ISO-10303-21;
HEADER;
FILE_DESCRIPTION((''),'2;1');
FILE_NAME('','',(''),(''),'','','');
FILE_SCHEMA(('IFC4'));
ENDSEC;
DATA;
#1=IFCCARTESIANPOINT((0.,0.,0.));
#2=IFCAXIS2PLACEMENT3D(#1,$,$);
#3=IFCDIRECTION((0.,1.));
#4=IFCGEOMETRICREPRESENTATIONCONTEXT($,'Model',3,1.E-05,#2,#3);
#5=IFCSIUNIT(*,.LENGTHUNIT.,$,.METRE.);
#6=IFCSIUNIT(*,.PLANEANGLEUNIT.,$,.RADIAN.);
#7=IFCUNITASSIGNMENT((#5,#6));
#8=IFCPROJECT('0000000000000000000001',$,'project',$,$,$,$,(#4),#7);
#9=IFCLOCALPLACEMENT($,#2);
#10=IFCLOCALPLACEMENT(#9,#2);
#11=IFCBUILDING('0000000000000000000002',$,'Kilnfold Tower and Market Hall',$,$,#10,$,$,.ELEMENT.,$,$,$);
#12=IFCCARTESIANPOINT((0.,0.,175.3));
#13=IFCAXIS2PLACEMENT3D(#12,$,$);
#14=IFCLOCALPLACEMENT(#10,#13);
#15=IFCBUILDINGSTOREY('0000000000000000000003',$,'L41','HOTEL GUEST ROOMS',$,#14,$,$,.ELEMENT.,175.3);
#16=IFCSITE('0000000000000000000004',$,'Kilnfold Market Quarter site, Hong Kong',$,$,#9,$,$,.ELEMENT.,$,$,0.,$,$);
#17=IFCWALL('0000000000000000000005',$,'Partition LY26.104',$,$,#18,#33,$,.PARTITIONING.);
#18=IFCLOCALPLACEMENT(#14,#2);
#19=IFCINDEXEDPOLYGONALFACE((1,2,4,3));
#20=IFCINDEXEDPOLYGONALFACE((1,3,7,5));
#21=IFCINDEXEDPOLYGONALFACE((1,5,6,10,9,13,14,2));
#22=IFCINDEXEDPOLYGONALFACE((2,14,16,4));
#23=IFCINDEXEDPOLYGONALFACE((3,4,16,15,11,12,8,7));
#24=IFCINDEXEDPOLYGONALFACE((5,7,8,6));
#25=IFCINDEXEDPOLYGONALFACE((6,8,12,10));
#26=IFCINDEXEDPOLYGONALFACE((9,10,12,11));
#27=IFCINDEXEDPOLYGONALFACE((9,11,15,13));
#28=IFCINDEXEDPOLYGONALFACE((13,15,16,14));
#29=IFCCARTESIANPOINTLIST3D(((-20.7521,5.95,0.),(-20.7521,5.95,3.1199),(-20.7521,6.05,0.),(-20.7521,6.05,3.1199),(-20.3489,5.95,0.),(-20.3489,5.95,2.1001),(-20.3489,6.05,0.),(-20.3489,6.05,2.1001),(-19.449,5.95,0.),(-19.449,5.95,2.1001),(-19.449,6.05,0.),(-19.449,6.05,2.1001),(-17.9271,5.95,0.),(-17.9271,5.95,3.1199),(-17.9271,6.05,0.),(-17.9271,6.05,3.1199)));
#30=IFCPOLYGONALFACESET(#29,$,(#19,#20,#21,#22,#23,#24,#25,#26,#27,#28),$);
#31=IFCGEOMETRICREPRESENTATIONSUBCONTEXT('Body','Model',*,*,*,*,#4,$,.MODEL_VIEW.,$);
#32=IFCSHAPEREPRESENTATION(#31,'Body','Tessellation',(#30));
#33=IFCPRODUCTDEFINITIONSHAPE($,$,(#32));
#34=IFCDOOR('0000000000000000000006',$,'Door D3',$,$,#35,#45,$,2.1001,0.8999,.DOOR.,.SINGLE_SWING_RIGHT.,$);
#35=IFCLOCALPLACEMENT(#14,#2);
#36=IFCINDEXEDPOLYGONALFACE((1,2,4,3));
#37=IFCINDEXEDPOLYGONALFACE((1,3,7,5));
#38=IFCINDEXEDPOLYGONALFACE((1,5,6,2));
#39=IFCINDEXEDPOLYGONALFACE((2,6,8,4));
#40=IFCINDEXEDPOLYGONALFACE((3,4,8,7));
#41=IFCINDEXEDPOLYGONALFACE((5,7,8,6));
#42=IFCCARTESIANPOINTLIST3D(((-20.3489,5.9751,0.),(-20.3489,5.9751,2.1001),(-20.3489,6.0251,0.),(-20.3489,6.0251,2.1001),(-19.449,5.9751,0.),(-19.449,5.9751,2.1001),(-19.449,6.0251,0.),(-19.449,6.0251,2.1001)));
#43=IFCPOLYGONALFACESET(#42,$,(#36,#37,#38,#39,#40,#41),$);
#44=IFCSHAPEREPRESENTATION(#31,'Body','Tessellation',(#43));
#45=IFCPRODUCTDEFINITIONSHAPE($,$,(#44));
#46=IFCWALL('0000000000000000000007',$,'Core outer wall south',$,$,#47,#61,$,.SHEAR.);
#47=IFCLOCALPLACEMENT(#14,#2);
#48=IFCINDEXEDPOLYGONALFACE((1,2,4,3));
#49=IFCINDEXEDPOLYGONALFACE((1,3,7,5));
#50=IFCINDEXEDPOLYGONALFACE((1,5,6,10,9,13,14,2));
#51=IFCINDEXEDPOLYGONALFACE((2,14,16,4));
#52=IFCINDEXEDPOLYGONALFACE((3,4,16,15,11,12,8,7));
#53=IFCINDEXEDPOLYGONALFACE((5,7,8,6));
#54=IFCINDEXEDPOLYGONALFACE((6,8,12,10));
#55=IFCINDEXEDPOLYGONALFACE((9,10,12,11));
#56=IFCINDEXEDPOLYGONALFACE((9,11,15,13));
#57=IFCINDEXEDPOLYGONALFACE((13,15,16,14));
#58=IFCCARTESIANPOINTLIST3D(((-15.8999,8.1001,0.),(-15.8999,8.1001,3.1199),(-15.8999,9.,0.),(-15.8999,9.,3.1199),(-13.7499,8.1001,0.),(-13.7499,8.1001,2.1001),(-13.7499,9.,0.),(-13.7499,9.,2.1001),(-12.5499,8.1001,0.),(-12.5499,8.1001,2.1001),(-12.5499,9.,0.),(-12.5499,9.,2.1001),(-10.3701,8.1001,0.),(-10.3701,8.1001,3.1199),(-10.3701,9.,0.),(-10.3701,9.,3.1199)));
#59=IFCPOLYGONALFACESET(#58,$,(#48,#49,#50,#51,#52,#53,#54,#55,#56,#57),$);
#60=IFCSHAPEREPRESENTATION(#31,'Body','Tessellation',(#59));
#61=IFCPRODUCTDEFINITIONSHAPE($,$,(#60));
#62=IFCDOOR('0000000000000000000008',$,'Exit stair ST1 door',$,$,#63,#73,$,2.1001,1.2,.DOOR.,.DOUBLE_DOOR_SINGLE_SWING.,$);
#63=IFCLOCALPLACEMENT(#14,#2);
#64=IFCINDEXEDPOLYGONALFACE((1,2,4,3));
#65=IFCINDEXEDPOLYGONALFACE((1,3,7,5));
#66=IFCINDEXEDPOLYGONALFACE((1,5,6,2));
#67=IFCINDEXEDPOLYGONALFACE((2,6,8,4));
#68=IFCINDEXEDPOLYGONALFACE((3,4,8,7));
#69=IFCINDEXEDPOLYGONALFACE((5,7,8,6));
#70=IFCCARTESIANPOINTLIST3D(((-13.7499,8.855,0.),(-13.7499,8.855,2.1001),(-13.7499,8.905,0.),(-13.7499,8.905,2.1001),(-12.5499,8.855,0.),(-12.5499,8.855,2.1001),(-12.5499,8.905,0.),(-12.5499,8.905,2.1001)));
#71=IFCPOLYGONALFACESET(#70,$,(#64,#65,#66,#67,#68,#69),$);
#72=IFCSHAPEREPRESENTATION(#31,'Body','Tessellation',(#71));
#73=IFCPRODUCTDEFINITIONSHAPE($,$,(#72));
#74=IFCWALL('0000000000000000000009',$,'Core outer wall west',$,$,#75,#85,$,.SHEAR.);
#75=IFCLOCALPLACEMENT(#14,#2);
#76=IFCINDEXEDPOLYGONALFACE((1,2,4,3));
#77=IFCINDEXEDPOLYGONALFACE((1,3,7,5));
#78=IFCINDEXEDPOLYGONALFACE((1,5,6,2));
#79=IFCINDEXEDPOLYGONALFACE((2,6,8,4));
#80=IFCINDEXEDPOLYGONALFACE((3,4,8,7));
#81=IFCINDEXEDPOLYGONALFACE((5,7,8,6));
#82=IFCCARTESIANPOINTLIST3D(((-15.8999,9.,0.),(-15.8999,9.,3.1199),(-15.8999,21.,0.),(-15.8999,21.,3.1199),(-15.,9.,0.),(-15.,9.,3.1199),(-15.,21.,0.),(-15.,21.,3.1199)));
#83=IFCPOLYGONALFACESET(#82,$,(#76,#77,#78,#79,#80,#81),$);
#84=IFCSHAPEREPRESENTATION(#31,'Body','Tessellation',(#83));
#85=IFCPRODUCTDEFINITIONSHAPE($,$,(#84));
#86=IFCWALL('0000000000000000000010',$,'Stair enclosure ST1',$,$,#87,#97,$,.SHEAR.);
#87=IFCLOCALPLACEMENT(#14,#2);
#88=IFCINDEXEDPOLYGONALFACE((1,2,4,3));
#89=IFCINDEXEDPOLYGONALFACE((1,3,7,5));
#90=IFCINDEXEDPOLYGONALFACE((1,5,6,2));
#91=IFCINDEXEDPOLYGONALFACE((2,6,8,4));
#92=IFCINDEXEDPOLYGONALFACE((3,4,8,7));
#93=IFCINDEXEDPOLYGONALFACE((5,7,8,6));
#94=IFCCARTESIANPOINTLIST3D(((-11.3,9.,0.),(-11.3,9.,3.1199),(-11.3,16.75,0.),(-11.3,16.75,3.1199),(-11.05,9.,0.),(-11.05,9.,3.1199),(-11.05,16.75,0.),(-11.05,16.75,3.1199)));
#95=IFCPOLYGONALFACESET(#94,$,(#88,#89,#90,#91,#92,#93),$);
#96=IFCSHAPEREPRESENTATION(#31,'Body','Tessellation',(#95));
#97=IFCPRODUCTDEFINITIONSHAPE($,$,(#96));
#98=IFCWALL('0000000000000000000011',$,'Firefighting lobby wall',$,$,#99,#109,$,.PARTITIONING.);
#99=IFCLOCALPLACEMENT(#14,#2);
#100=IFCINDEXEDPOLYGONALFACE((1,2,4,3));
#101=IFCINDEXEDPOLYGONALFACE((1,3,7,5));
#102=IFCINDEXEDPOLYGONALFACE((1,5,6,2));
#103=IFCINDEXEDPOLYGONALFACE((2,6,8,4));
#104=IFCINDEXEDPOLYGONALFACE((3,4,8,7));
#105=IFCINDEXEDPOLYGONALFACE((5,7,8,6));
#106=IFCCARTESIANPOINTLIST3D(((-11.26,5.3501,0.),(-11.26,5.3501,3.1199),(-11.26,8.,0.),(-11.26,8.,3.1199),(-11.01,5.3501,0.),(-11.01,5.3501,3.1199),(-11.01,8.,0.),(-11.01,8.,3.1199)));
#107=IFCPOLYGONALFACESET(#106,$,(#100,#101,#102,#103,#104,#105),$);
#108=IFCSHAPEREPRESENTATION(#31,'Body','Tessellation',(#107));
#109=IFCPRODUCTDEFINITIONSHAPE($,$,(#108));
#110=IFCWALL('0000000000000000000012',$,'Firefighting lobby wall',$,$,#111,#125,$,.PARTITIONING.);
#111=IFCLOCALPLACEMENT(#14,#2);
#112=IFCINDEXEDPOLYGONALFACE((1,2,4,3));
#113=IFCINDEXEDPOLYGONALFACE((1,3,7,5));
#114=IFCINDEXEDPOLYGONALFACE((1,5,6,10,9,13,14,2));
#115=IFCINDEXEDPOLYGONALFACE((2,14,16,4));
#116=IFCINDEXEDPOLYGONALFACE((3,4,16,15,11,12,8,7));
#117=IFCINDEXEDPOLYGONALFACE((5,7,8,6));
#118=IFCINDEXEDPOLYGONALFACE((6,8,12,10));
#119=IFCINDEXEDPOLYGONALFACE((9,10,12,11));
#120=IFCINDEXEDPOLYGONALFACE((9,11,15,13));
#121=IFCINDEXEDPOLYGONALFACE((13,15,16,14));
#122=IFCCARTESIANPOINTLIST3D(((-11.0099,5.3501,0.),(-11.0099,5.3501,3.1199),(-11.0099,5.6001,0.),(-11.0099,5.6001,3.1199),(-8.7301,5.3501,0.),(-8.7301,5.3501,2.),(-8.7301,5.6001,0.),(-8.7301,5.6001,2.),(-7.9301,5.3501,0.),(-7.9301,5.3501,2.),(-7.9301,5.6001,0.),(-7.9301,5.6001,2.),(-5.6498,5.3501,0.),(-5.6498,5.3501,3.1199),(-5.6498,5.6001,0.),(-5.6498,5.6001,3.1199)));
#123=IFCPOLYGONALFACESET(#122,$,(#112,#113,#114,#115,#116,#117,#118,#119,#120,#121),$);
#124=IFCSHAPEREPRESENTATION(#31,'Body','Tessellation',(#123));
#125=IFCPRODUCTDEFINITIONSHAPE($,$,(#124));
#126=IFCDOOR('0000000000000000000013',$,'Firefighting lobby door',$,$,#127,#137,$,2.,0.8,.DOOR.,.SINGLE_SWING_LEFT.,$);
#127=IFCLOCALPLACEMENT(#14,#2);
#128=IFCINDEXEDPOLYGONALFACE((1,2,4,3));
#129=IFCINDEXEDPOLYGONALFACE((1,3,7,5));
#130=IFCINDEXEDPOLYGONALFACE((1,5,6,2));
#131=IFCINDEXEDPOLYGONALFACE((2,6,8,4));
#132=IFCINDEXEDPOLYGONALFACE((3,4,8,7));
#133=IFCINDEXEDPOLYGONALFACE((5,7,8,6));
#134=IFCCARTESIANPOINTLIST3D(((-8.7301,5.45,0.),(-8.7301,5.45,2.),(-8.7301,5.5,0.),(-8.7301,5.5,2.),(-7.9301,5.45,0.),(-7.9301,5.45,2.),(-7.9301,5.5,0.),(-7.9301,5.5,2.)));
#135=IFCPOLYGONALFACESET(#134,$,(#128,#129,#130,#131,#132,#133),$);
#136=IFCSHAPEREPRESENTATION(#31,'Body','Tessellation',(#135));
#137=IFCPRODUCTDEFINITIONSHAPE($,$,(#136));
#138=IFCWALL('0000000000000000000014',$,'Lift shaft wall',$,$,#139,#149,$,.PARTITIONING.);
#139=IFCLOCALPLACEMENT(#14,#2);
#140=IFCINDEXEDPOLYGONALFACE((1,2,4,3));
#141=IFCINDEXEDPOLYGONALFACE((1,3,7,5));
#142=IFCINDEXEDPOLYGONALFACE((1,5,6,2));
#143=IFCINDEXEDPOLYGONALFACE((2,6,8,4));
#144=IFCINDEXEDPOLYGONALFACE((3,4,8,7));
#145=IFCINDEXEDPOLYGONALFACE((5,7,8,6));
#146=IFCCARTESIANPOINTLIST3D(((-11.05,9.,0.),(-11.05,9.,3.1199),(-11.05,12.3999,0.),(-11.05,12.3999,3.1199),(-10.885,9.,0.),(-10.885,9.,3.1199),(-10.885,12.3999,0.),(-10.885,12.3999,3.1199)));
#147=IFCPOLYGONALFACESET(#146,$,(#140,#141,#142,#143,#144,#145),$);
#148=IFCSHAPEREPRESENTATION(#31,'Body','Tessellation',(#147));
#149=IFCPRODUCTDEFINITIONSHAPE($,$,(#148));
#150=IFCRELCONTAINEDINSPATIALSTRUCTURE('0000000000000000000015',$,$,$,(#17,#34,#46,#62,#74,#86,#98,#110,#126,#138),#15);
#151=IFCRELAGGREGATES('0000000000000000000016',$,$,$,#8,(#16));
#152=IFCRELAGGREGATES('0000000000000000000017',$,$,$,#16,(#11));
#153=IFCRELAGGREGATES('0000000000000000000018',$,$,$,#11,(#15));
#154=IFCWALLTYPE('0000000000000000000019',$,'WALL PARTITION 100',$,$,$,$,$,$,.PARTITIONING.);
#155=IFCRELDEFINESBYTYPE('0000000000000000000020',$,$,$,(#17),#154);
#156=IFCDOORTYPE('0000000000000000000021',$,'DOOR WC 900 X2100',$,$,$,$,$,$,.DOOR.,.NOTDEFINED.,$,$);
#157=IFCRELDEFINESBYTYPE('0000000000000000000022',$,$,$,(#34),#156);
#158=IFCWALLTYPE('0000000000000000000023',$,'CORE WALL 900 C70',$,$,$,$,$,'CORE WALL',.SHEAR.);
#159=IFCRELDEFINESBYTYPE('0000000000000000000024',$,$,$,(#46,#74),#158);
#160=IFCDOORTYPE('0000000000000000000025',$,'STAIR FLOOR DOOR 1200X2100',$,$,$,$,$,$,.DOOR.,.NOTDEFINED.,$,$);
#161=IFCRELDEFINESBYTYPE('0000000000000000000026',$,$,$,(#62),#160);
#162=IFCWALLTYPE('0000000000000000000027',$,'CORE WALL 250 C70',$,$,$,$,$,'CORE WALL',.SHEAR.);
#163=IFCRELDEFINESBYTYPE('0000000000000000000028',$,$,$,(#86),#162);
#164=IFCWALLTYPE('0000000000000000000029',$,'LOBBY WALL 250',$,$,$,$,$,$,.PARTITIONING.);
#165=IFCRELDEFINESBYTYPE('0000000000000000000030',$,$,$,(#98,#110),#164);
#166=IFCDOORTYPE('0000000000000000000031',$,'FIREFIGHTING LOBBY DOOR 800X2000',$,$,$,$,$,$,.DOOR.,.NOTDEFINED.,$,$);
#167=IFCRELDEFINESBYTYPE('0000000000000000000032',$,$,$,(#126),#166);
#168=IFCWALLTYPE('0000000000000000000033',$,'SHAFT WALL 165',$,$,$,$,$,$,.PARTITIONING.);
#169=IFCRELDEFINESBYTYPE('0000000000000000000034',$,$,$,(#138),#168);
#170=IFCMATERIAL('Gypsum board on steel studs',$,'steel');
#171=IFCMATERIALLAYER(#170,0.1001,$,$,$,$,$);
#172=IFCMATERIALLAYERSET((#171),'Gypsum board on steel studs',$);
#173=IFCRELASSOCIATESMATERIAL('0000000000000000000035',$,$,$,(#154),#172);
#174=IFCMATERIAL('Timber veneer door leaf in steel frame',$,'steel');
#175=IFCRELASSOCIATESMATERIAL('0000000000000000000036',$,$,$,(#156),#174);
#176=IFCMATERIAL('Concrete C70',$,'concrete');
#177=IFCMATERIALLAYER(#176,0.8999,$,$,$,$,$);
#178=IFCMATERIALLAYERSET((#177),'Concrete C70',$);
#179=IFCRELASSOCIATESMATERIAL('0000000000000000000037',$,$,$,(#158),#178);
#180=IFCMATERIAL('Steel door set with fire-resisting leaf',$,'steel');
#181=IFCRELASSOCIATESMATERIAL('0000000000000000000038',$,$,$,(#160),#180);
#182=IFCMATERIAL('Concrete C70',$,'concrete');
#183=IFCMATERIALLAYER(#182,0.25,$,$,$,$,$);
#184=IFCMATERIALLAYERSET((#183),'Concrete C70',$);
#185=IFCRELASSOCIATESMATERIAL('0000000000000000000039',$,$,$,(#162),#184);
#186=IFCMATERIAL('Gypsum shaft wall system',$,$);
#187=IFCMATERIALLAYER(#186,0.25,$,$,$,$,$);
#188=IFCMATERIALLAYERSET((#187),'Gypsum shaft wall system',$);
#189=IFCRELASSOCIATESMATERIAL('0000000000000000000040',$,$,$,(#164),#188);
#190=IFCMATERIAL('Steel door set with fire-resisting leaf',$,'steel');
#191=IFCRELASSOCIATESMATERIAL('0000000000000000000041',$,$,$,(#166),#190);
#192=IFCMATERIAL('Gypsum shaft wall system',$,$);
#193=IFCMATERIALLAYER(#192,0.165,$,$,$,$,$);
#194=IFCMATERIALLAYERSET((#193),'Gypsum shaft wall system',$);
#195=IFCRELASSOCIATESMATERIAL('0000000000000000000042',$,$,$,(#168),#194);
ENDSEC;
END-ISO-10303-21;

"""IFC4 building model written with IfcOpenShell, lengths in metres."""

from ifc_helpers import new_model, si_unit, direction, frame, frame_2d, origin, place, context, subcontext, project, spatial, rectangle, extrude, source, transform, mapped, material, layer, layer_set, type_object, element, fill, save


model = new_model("IFC4")

# Units and contexts
model_context = context("Model", 3, precision=1e-05, world=origin(), true_north=direction((0.0, 1.0)))
body_context = subcontext(model_context, "Body", "Model", "MODEL_VIEW")
ifc_project = project(units=[si_unit("LENGTHUNIT", "METRE"), si_unit("PLANEANGLEUNIT", "RADIAN")], contexts=[model_context])

# Site, building, storey
site_placement = place(None, origin())
site = spatial("IfcSite", under=ifc_project, at=site_placement, Name="Kilnfold Market Quarter site, Hong Kong", CompositionType="ELEMENT", RefElevation=0.0)
building_placement = place(site_placement, origin())
building = spatial("IfcBuilding", under=site, at=building_placement, Name="Kilnfold Tower and Market Hall", CompositionType="ELEMENT")
storey_placement = place(building_placement, frame((0.0, 0.0, 175.3)))
storey = spatial("IfcBuildingStorey", under=building, at=storey_placement, Name="L41", Description="HOTEL GUEST ROOMS", CompositionType="ELEMENT", Elevation=175.3)

# Walls, openings, doors
ifc_material_1 = material(Name="Gypsum board on steel studs", Category="steel")
ifc_layer_1 = layer(ifc_material_1, 0.1001)
ifc_layer_set_1 = layer_set([ifc_layer_1], Name="Gypsum board on steel studs")
wall_type_1 = type_object("IfcWallType", Name="WALL PARTITION 100", PredefinedType="PARTITIONING", material=ifc_layer_set_1)
wall_1_placement = place(storey_placement, frame((-17.927, 6.0, 0.0), z_axis=(0.0, 0.0, 1.0), x_axis=(-1.0, 0.0, 0.0)))
wall_1 = element("IfcWall", 1, at=wall_1_placement, inside=storey, type_object=wall_type_1, Name="Partition LY26.104", PredefinedType="PARTITIONING", context=body_context, shape_type="SweptSolid", body=[
    extrude(rectangle(XDim=2.825, YDim=0.1001, at=frame_2d((1.4126, 0.0))), origin(), (0.0, 0.0, 1.0), 3.1199),
])
opening_1_placement = place(wall_1_placement, frame((1.522, 0.0, 0.0)))
opening_1 = element("IfcOpeningElement", 2, at=opening_1_placement, cuts=wall_1, PredefinedType="OPENING", context=body_context, shape_type="SweptSolid", body=[
    extrude(rectangle(XDim=0.8999, YDim=2.1001, at=frame_2d((0.45, 1.05))), frame((0.0, 0.0601, 0.0), z_axis=(0.0, -1.0, 0.0), x_axis=(1.0, 0.0, 0.0)), (0.0, 0.0, 1.0), 0.1201),
])
ifc_material_2 = material(Name="Timber veneer door leaf in steel frame", Category="steel")
door_type_1 = type_object("IfcDoorType", Name="DOOR WC 900 X2100", OperationType="NOTDEFINED", PredefinedType="DOOR", material=ifc_material_2)
door_1_placement = place(opening_1_placement, origin())
door_1 = element("IfcDoor", 3, at=door_1_placement, inside=storey, type_object=door_type_1, Name="Door D3", OperationType="SINGLE_SWING_RIGHT", OverallHeight=2.1001, OverallWidth=0.8999, PredefinedType="DOOR", context=body_context, shape_type="SweptSolid", body=[
    extrude(rectangle(XDim=0.8999, YDim=2.1001, at=frame_2d((0.45, 1.05))), frame((0.0, 0.0249, 0.0), z_axis=(0.0, -1.0, 0.0), x_axis=(1.0, 0.0, 0.0)), (0.0, 0.0, 1.0), 0.05),
])
fill(opening_1, door_1)
ifc_material_3 = material(Name="Concrete C70", Category="concrete")
ifc_layer_2 = layer(ifc_material_3, 0.8999)
ifc_layer_set_2 = layer_set([ifc_layer_2], Name="Concrete C70")
wall_type_2 = type_object("IfcWallType", Name="CORE WALL 900 C70", ElementType="CORE WALL", PredefinedType="SHEAR", material=ifc_layer_set_2)
shared_shape_1 = source(origin(), body_context, "Body", "SweptSolid", [
    extrude(rectangle(XDim=5.5298, YDim=0.8999, at=frame_2d((2.7649, 0.0))), origin(), (0.0, 0.0, 1.0), 3.1199),
])
wall_2_placement = place(storey_placement, frame((-15.8999, 8.55, 0.0), z_axis=(0.0, 0.0, 1.0), x_axis=(1.0, 0.0, 0.0)))
wall_2 = element("IfcWall", 4, at=wall_2_placement, inside=storey, type_object=wall_type_2, Name="Core outer wall south", PredefinedType="SHEAR", context=body_context, shape_type="MappedRepresentation", body=[
    mapped(shared_shape_1, transform((0.0, 0.0, 0.0))),
])
opening_2_placement = place(wall_2_placement, frame((2.1499, 0.0, 0.0)))
opening_2 = element("IfcOpeningElement", 5, at=opening_2_placement, cuts=wall_2, PredefinedType="OPENING", context=body_context, shape_type="SweptSolid", body=[
    extrude(rectangle(XDim=1.2, YDim=2.1001, at=frame_2d((0.6001, 1.05))), frame((0.0, 0.46, 0.0), z_axis=(0.0, -1.0, 0.0), x_axis=(1.0, 0.0, 0.0)), (0.0, 0.0, 1.0), 0.9199),
])
ifc_material_4 = material(Name="Steel door set with fire-resisting leaf", Category="steel")
door_type_2 = type_object("IfcDoorType", Name="STAIR FLOOR DOOR 1200X2100", OperationType="NOTDEFINED", PredefinedType="DOOR", material=ifc_material_4)
door_2_placement = place(opening_2_placement, origin())
door_2 = element("IfcDoor", 6, at=door_2_placement, inside=storey, type_object=door_type_2, Name="Exit stair ST1 door", OperationType="DOUBLE_DOOR_SINGLE_SWING", OverallHeight=2.1001, OverallWidth=1.2, PredefinedType="DOOR", context=body_context, shape_type="SweptSolid", body=[
    extrude(rectangle(XDim=1.2, YDim=2.1001, at=frame_2d((0.6001, 1.05))), frame((0.0, 0.355, 0.0), z_axis=(0.0, -1.0, 0.0), x_axis=(1.0, 0.0, 0.0)), (0.0, 0.0, 1.0), 0.05),
])
fill(opening_2, door_2)

# Walls
shared_shape_2 = source(origin(), body_context, "Body", "SweptSolid", [
    extrude(rectangle(XDim=12.0, YDim=0.8999, at=frame_2d((6.0, 0.0))), origin(), (0.0, 0.0, 1.0), 3.1199),
])
wall_3_placement = place(storey_placement, frame((-15.45, 9.0, 0.0), z_axis=(0.0, 0.0, 1.0), x_axis=(0.0, 1.0, 0.0)))
element("IfcWall", 7, at=wall_3_placement, inside=storey, type_object=wall_type_2, Name="Core outer wall west", PredefinedType="SHEAR", context=body_context, shape_type="MappedRepresentation", body=[
    mapped(shared_shape_2, transform((0.0, 0.0, 0.0))),
])
ifc_material_5 = material(Name="Concrete C70", Category="concrete")
ifc_layer_3 = layer(ifc_material_5, 0.25)
ifc_layer_set_3 = layer_set([ifc_layer_3], Name="Concrete C70")
wall_type_3 = type_object("IfcWallType", Name="CORE WALL 250 C70", ElementType="CORE WALL", PredefinedType="SHEAR", material=ifc_layer_set_3)
shared_shape_3 = source(origin(), body_context, "Body", "SweptSolid", [
    extrude(rectangle(XDim=7.75, YDim=0.25, at=frame_2d((3.875, 0.0))), origin(), (0.0, 0.0, 1.0), 3.1199),
])
wall_4_placement = place(storey_placement, frame((-11.175, 9.0, 0.0), z_axis=(0.0, 0.0, 1.0), x_axis=(0.0, 1.0, 0.0)))
element("IfcWall", 8, at=wall_4_placement, inside=storey, type_object=wall_type_3, Name="Stair enclosure ST1", PredefinedType="SHEAR", context=body_context, shape_type="MappedRepresentation", body=[
    mapped(shared_shape_3, transform((0.0, 0.0, 0.0))),
])
ifc_material_6 = material(Name="Gypsum shaft wall system")
ifc_layer_4 = layer(ifc_material_6, 0.25)
ifc_layer_set_4 = layer_set([ifc_layer_4], Name="Gypsum shaft wall system")
wall_type_4 = type_object("IfcWallType", Name="LOBBY WALL 250", PredefinedType="PARTITIONING", material=ifc_layer_set_4)
shared_shape_4 = source(origin(), body_context, "Body", "SweptSolid", [
    extrude(rectangle(XDim=2.6499, YDim=0.25, at=frame_2d((1.325, 0.0))), origin(), (0.0, 0.0, 1.0), 3.1199),
])
wall_5_placement = place(storey_placement, frame((-11.135, 5.3501, 0.0), z_axis=(0.0, 0.0, 1.0), x_axis=(0.0, 1.0, 0.0)))
element("IfcWall", 9, at=wall_5_placement, inside=storey, type_object=wall_type_4, Name="Firefighting lobby wall", PredefinedType="PARTITIONING", context=body_context, shape_type="MappedRepresentation", body=[
    mapped(shared_shape_4, transform((0.0, 0.0, 0.0))),
])

# Wall, opening, door
shared_shape_5 = source(origin(), body_context, "Body", "SweptSolid", [
    extrude(rectangle(XDim=5.3601, YDim=0.25, at=frame_2d((2.6802, 0.0))), origin(), (0.0, 0.0, 1.0), 3.1199),
])
wall_6_placement = place(storey_placement, frame((-11.01, 5.4751, 0.0), z_axis=(0.0, 0.0, 1.0), x_axis=(1.0, 0.0, 0.0)))
wall_6 = element("IfcWall", 10, at=wall_6_placement, inside=storey, type_object=wall_type_4, Name="Firefighting lobby wall", PredefinedType="PARTITIONING", context=body_context, shape_type="MappedRepresentation", body=[
    mapped(shared_shape_5, transform((0.0, 0.0, 0.0))),
])
opening_3_placement = place(wall_6_placement, frame((2.28, 0.0, 0.0)))
opening_3 = element("IfcOpeningElement", 11, at=opening_3_placement, cuts=wall_6, PredefinedType="OPENING", context=body_context, shape_type="SweptSolid", body=[
    extrude(rectangle(XDim=0.8, YDim=2.0, at=frame_2d((0.3999, 1.0))), frame((0.0, 0.135, 0.0), z_axis=(0.0, -1.0, 0.0), x_axis=(1.0, 0.0, 0.0)), (0.0, 0.0, 1.0), 0.27),
])
ifc_material_7 = material(Name="Steel door set with fire-resisting leaf", Category="steel")
door_type_3 = type_object("IfcDoorType", Name="FIREFIGHTING LOBBY DOOR 800X2000", OperationType="NOTDEFINED", PredefinedType="DOOR", material=ifc_material_7)
door_3_placement = place(opening_3_placement, origin())
door_3 = element("IfcDoor", 12, at=door_3_placement, inside=storey, type_object=door_type_3, Name="Firefighting lobby door", OperationType="SINGLE_SWING_LEFT", OverallHeight=2.0, OverallWidth=0.8, PredefinedType="DOOR", context=body_context, shape_type="SweptSolid", body=[
    extrude(rectangle(XDim=0.8, YDim=2.0, at=frame_2d((0.3999, 1.0))), frame((0.0, 0.0249, 0.0), z_axis=(0.0, -1.0, 0.0), x_axis=(1.0, 0.0, 0.0)), (0.0, 0.0, 1.0), 0.05),
])
fill(opening_3, door_3)

# Wall
ifc_material_8 = material(Name="Gypsum shaft wall system")
ifc_layer_5 = layer(ifc_material_8, 0.165)
ifc_layer_set_5 = layer_set([ifc_layer_5], Name="Gypsum shaft wall system")
wall_type_5 = type_object("IfcWallType", Name="SHAFT WALL 165", PredefinedType="PARTITIONING", material=ifc_layer_set_5)
shared_shape_6 = source(origin(), body_context, "Body", "SweptSolid", [
    extrude(rectangle(XDim=3.3999, YDim=0.165, at=frame_2d((1.7, 0.0))), origin(), (0.0, 0.0, 1.0), 3.1199),
])
wall_7_placement = place(storey_placement, frame((-10.9675, 9.0, 0.0), z_axis=(0.0, 0.0, 1.0), x_axis=(0.0, 1.0, 0.0)))
element("IfcWall", 13, at=wall_7_placement, inside=storey, type_object=wall_type_5, Name="Lift shaft wall", PredefinedType="PARTITIONING", context=body_context, shape_type="MappedRepresentation", body=[
    mapped(shared_shape_6, transform((0.0, 0.0, 0.0))),
])

save(model, "model.ifc")
